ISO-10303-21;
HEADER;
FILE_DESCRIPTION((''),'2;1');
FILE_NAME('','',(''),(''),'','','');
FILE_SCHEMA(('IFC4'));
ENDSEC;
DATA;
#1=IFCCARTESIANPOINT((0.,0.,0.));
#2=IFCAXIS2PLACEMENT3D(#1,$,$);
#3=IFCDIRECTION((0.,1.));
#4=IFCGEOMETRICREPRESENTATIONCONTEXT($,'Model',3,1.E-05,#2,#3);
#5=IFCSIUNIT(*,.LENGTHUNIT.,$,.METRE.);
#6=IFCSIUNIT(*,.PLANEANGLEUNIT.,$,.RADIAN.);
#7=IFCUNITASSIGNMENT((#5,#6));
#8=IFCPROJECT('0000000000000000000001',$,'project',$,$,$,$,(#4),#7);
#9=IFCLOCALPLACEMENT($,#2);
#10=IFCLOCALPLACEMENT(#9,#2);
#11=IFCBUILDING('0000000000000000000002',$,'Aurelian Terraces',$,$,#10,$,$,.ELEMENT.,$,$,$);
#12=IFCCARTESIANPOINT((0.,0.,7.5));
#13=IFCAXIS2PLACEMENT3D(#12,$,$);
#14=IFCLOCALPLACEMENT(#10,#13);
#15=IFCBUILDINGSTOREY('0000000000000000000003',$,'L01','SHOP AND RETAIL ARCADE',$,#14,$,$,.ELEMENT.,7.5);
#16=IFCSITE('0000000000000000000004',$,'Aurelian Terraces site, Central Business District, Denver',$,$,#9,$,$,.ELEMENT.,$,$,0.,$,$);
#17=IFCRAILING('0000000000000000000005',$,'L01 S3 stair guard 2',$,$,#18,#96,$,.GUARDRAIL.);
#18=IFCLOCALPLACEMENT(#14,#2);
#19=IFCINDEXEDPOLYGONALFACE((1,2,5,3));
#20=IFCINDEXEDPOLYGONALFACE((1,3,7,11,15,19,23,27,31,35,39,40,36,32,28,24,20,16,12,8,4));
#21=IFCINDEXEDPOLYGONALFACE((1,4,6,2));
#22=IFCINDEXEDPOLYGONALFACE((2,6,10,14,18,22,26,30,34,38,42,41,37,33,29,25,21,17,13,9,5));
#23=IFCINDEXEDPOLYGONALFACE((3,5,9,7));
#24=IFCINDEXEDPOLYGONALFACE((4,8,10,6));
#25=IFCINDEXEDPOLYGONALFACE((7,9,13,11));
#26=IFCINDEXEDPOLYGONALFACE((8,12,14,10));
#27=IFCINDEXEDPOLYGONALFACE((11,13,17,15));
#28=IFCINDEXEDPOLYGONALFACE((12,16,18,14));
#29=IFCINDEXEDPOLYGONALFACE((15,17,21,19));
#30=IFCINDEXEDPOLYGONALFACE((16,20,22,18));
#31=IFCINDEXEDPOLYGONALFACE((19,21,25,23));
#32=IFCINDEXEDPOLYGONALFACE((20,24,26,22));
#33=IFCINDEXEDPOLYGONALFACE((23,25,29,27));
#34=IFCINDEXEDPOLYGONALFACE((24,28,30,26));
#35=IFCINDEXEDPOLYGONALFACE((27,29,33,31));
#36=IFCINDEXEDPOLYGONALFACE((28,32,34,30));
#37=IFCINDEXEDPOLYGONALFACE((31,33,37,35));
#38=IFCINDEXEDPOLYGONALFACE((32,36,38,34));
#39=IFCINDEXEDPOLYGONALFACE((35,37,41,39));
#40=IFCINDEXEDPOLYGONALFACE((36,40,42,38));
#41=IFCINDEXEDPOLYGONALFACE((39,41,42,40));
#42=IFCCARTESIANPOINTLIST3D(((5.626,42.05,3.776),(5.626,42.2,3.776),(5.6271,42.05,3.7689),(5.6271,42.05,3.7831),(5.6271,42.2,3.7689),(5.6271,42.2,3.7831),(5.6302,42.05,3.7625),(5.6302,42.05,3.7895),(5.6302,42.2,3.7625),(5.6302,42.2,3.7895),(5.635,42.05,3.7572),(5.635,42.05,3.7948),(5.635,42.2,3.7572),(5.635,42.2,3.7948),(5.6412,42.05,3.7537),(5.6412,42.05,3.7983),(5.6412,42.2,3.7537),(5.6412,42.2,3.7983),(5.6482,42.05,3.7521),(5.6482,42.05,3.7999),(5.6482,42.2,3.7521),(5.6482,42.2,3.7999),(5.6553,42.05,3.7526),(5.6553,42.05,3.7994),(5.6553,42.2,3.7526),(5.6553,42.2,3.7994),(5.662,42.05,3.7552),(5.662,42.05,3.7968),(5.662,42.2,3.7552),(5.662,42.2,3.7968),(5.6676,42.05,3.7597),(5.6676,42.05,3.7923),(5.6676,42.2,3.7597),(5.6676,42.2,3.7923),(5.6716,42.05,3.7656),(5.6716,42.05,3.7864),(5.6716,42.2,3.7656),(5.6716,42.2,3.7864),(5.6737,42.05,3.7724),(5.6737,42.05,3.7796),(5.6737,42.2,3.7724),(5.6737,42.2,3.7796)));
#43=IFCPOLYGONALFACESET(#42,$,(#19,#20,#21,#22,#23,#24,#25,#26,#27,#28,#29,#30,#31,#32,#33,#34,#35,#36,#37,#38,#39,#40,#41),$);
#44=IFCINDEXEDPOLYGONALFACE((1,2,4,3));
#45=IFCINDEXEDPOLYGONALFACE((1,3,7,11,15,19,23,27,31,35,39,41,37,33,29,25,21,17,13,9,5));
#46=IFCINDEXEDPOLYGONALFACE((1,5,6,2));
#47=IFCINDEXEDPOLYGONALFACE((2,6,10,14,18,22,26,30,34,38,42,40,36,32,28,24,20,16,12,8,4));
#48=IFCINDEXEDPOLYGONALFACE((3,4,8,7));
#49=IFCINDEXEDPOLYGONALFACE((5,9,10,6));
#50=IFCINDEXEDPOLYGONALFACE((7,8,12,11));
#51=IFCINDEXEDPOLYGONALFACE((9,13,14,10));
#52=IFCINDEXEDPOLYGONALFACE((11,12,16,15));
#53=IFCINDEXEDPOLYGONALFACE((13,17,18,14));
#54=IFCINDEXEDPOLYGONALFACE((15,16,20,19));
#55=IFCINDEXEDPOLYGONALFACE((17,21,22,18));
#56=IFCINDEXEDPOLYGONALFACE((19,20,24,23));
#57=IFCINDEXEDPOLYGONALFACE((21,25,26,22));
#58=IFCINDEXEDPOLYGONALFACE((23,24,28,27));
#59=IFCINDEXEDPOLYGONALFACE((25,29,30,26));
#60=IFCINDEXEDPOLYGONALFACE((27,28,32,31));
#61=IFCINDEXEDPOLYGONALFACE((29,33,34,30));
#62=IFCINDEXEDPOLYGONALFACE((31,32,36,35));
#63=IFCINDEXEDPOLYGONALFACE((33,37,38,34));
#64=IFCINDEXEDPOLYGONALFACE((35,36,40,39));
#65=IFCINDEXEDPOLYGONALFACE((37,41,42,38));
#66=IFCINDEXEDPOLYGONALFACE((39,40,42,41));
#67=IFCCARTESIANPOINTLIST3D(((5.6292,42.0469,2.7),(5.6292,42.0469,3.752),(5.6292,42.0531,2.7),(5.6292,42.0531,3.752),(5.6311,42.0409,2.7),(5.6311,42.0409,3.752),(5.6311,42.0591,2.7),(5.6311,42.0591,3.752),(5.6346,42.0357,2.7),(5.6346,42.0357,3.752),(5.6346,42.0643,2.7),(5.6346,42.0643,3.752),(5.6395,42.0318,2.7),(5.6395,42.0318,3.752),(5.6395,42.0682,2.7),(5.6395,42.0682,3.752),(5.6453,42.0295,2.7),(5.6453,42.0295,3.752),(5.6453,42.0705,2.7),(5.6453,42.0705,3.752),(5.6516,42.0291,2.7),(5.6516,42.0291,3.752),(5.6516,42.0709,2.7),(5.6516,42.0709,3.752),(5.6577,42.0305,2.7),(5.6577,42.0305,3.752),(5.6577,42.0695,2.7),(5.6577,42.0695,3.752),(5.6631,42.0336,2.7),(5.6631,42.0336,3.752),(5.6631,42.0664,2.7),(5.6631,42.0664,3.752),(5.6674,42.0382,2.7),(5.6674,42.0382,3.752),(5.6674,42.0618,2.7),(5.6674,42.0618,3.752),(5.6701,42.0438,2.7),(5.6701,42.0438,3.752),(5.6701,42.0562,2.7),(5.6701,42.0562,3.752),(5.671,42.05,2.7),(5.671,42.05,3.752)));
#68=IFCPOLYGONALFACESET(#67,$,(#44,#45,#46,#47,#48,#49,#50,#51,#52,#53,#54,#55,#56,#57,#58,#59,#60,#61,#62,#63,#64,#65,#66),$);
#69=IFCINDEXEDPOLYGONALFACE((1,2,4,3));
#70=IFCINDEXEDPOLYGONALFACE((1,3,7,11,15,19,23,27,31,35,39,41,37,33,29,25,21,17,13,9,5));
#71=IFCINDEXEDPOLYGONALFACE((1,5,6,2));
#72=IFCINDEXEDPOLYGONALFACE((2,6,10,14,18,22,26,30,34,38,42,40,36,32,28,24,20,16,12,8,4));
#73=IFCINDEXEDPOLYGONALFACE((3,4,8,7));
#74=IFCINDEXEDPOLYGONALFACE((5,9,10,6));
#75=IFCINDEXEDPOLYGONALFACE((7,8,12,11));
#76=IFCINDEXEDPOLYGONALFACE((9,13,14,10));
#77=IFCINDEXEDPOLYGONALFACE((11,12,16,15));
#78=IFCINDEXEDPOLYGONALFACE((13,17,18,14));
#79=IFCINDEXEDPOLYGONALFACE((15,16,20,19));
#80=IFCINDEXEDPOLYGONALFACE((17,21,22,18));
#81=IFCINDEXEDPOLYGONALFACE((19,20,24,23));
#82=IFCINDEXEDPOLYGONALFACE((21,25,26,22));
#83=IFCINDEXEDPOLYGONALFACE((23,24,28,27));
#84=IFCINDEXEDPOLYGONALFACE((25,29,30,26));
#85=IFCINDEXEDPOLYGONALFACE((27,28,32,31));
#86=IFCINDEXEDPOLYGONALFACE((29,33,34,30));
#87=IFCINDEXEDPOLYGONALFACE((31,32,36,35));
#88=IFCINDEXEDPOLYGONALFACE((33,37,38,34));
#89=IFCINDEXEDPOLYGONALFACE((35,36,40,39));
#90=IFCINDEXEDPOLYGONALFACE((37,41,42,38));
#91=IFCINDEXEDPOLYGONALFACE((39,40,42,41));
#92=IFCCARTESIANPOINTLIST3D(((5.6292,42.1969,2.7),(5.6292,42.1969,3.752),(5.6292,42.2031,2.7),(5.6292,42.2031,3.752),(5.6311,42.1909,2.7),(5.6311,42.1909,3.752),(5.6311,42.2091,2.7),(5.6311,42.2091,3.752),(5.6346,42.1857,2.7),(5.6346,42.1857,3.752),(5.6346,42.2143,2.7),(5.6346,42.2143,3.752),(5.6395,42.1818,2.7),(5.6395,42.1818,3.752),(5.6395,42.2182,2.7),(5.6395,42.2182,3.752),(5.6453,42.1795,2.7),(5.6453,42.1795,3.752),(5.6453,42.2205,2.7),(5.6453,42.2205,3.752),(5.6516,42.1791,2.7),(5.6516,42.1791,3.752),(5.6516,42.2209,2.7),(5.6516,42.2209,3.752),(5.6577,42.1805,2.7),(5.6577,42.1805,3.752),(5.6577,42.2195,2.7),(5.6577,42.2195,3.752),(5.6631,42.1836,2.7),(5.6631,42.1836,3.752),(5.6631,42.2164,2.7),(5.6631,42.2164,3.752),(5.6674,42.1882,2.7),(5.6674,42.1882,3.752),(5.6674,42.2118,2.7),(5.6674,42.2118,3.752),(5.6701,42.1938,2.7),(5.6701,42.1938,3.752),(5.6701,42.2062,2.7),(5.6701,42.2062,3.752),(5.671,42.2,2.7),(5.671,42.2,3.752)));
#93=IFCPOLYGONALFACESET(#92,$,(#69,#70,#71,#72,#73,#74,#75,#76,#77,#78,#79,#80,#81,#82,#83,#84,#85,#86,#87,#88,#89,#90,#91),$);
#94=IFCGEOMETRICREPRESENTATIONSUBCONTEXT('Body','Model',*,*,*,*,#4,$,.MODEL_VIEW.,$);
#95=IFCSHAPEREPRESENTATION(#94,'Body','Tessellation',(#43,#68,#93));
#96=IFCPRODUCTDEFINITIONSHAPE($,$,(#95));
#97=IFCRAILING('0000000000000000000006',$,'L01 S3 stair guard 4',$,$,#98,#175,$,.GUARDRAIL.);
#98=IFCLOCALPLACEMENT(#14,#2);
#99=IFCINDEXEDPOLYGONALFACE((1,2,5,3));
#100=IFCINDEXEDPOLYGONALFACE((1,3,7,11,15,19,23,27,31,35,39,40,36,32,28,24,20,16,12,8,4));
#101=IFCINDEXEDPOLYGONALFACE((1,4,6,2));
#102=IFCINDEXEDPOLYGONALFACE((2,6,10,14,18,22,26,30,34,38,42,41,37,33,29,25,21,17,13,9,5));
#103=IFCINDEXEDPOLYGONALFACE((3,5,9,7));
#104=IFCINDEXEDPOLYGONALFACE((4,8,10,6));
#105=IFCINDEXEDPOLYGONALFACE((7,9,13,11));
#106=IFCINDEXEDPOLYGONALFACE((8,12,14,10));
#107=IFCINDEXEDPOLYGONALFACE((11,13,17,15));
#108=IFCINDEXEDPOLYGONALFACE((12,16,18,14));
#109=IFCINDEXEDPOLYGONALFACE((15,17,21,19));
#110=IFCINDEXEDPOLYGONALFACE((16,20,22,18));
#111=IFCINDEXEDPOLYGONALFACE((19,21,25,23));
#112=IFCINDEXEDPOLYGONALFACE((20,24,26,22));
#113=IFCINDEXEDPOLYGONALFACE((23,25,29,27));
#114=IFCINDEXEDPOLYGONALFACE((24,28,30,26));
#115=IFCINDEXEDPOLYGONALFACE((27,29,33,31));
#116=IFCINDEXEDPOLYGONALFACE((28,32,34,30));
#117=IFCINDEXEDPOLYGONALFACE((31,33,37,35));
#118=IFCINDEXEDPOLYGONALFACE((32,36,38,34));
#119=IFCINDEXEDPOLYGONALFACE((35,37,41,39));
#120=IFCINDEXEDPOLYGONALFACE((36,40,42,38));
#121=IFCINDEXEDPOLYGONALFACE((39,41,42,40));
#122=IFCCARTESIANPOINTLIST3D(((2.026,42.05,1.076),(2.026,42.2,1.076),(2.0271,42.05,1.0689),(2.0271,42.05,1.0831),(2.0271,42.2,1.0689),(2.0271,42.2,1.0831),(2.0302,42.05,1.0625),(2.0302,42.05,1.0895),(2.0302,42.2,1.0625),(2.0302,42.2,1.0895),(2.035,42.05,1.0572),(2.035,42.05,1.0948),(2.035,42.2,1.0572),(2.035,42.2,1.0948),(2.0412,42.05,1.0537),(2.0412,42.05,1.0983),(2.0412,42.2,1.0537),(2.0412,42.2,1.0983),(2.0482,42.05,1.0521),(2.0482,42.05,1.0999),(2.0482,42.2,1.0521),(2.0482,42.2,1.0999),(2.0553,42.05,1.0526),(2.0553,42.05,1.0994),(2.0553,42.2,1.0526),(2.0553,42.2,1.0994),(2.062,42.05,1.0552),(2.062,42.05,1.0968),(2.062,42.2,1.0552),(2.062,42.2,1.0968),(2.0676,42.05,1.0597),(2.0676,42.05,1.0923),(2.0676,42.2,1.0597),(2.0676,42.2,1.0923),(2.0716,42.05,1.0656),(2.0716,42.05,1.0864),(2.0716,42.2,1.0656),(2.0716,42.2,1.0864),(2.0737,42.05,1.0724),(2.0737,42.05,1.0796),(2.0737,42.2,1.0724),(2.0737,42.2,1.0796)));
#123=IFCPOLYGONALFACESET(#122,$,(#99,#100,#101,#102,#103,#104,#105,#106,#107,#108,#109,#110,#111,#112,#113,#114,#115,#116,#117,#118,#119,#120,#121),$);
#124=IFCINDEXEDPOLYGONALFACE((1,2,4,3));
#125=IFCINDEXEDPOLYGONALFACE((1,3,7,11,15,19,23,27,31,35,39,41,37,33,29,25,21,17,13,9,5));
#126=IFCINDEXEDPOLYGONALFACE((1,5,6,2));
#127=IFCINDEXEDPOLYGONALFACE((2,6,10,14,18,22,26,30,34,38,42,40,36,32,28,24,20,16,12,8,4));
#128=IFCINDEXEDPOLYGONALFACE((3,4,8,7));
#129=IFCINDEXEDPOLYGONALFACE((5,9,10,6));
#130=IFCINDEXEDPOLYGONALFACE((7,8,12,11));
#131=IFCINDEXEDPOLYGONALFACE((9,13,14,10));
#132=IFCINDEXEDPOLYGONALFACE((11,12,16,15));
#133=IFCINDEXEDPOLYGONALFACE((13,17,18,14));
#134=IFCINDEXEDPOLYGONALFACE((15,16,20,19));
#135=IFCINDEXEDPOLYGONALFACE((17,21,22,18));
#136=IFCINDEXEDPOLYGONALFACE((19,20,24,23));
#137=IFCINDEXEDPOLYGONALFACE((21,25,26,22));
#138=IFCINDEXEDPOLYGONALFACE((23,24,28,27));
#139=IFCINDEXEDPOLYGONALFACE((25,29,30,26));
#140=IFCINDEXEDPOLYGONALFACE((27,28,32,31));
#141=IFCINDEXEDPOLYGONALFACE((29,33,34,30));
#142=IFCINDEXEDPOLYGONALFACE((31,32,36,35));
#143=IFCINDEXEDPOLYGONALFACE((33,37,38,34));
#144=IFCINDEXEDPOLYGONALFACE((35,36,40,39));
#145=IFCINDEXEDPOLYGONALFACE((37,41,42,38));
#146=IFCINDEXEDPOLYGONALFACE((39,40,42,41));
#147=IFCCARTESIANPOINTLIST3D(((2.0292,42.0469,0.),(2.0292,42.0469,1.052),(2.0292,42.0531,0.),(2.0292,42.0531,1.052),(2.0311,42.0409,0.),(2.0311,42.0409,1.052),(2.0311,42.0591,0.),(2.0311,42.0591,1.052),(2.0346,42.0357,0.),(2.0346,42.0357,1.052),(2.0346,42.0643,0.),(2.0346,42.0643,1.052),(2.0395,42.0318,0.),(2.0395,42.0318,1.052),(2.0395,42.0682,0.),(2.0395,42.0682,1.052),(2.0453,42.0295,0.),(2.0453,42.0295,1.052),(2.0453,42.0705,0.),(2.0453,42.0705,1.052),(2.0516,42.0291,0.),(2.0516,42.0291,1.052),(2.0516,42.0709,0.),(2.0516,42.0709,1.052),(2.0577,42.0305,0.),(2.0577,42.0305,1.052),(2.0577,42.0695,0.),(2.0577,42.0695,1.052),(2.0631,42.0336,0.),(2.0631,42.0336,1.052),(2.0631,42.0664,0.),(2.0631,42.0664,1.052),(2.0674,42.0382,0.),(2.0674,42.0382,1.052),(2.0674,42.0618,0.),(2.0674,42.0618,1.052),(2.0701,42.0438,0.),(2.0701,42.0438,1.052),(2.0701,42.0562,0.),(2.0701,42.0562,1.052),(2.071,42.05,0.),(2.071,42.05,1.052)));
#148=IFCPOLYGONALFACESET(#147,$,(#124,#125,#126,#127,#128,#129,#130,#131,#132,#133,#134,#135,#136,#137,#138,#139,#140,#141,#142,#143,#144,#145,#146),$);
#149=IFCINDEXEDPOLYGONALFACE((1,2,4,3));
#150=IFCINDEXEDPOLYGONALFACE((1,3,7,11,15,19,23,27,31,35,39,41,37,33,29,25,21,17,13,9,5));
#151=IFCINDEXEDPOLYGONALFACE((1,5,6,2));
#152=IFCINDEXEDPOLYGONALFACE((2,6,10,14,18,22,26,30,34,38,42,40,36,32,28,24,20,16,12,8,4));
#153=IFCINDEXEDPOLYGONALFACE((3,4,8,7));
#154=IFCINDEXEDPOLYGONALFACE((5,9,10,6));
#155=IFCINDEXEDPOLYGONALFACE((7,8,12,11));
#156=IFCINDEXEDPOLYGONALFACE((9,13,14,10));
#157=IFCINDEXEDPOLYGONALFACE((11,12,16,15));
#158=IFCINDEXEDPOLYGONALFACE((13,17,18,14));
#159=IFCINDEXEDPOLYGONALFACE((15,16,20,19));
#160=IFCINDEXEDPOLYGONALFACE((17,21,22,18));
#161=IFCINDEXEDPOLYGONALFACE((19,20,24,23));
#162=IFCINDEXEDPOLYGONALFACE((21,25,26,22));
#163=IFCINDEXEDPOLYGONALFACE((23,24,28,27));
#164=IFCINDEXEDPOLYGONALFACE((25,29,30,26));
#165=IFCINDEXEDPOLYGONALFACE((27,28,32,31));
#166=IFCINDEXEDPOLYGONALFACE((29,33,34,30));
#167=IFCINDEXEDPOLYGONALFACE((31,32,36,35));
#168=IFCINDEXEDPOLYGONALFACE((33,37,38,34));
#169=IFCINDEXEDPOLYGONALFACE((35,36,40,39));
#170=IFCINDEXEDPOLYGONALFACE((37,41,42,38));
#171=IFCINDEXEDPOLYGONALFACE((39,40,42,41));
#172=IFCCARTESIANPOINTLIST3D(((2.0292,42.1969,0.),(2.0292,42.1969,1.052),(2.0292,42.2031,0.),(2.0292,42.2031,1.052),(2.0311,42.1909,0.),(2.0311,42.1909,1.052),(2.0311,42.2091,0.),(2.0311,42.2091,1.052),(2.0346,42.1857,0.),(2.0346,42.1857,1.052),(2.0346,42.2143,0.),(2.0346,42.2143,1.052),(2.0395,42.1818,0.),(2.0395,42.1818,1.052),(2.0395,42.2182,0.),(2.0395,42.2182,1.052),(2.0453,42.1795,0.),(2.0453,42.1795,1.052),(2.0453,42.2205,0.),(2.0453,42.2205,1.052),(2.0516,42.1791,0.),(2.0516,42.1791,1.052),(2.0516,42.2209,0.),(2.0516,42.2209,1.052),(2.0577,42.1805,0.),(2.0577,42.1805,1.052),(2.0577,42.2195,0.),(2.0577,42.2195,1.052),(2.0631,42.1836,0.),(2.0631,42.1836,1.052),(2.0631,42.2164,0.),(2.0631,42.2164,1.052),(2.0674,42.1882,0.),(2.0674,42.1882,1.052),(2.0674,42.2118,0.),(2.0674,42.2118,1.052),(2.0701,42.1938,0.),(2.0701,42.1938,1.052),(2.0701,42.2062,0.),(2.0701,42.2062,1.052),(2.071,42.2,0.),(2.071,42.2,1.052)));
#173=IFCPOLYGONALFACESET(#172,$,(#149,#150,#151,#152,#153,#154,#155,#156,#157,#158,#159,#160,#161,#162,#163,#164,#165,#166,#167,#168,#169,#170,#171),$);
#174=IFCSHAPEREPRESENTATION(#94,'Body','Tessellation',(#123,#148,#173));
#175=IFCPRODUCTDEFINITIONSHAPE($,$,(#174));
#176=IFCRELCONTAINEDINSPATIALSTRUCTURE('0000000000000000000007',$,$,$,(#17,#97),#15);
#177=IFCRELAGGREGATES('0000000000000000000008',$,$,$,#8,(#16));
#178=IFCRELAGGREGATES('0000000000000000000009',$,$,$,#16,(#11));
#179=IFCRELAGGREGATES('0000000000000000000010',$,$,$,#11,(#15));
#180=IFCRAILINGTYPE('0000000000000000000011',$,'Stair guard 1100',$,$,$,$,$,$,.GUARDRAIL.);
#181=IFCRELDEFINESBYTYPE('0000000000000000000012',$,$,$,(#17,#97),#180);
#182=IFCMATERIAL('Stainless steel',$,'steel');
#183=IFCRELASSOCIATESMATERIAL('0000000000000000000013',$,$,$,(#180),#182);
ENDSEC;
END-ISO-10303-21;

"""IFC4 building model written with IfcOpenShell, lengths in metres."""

from ifc_helpers import new_model, si_unit, direction, frame, origin, origin_2d, place, context, subcontext, project, spatial, circle, extrude, source, transform, mapped, material, type_object, element, save


model = new_model("IFC4")

# Units and contexts
model_context = context("Model", 3, precision=1e-05, world=origin(), true_north=direction((0.0, 1.0)))
body_context = subcontext(model_context, "Body", "Model", "MODEL_VIEW")
ifc_project = project(units=[si_unit("LENGTHUNIT", "METRE"), si_unit("PLANEANGLEUNIT", "RADIAN")], contexts=[model_context])

# Site, building, storey
site_placement = place(None, origin())
site = spatial("IfcSite", under=ifc_project, at=site_placement, Name="Aurelian Terraces site, Central Business District, Denver", CompositionType="ELEMENT", RefElevation=0.0)
building_placement = place(site_placement, origin())
building = spatial("IfcBuilding", under=site, at=building_placement, Name="Aurelian Terraces", CompositionType="ELEMENT")
storey_placement = place(building_placement, frame((0.0, 0.0, 7.5)))
storey = spatial("IfcBuildingStorey", under=building, at=storey_placement, Name="L01", Description="SHOP AND RETAIL ARCADE", CompositionType="ELEMENT", Elevation=7.5)

# Railings
ifc_material_1 = material(Name="Stainless steel", Category="steel")
railing_type_1 = type_object("IfcRailingType", Name="Stair guard 1100", PredefinedType="GUARDRAIL", material=ifc_material_1)
shared_shape_1 = source(origin(), body_context, "Body", "SweptSolid", [
    extrude(circle(Radius=0.024, at=origin_2d()), frame((0.0, 0.0, 1.076), z_axis=(0.0, 1.0, 0.0), x_axis=(-1.0, 0.0, 0.0)), (0.0, 0.0, 1.0), 0.15),
    extrude(circle(Radius=0.021, at=origin_2d()), origin(), (0.0, 0.0, 1.0), 1.052),
    extrude(circle(Radius=0.021, at=origin_2d()), frame((0.0, 0.15, 0.0)), (0.0, 0.0, 1.0), 1.052),
])
for number, where, name in (
    (1, (5.65, 42.05, 2.7), "L01 S3 stair guard 2"),
    (2, (2.05, 42.05, 0.0), "L01 S3 stair guard 4"),
):
    element("IfcRailing", number, at=place(storey_placement, frame(where)), inside=storey, type_object=railing_type_1, Name=name, PredefinedType="GUARDRAIL", context=body_context, shape_type="MappedRepresentation", body=[
        mapped(shared_shape_1, transform((0.0, 0.0, 0.0), scale=1.0)),
    ])

save(model, "model.ifc")
